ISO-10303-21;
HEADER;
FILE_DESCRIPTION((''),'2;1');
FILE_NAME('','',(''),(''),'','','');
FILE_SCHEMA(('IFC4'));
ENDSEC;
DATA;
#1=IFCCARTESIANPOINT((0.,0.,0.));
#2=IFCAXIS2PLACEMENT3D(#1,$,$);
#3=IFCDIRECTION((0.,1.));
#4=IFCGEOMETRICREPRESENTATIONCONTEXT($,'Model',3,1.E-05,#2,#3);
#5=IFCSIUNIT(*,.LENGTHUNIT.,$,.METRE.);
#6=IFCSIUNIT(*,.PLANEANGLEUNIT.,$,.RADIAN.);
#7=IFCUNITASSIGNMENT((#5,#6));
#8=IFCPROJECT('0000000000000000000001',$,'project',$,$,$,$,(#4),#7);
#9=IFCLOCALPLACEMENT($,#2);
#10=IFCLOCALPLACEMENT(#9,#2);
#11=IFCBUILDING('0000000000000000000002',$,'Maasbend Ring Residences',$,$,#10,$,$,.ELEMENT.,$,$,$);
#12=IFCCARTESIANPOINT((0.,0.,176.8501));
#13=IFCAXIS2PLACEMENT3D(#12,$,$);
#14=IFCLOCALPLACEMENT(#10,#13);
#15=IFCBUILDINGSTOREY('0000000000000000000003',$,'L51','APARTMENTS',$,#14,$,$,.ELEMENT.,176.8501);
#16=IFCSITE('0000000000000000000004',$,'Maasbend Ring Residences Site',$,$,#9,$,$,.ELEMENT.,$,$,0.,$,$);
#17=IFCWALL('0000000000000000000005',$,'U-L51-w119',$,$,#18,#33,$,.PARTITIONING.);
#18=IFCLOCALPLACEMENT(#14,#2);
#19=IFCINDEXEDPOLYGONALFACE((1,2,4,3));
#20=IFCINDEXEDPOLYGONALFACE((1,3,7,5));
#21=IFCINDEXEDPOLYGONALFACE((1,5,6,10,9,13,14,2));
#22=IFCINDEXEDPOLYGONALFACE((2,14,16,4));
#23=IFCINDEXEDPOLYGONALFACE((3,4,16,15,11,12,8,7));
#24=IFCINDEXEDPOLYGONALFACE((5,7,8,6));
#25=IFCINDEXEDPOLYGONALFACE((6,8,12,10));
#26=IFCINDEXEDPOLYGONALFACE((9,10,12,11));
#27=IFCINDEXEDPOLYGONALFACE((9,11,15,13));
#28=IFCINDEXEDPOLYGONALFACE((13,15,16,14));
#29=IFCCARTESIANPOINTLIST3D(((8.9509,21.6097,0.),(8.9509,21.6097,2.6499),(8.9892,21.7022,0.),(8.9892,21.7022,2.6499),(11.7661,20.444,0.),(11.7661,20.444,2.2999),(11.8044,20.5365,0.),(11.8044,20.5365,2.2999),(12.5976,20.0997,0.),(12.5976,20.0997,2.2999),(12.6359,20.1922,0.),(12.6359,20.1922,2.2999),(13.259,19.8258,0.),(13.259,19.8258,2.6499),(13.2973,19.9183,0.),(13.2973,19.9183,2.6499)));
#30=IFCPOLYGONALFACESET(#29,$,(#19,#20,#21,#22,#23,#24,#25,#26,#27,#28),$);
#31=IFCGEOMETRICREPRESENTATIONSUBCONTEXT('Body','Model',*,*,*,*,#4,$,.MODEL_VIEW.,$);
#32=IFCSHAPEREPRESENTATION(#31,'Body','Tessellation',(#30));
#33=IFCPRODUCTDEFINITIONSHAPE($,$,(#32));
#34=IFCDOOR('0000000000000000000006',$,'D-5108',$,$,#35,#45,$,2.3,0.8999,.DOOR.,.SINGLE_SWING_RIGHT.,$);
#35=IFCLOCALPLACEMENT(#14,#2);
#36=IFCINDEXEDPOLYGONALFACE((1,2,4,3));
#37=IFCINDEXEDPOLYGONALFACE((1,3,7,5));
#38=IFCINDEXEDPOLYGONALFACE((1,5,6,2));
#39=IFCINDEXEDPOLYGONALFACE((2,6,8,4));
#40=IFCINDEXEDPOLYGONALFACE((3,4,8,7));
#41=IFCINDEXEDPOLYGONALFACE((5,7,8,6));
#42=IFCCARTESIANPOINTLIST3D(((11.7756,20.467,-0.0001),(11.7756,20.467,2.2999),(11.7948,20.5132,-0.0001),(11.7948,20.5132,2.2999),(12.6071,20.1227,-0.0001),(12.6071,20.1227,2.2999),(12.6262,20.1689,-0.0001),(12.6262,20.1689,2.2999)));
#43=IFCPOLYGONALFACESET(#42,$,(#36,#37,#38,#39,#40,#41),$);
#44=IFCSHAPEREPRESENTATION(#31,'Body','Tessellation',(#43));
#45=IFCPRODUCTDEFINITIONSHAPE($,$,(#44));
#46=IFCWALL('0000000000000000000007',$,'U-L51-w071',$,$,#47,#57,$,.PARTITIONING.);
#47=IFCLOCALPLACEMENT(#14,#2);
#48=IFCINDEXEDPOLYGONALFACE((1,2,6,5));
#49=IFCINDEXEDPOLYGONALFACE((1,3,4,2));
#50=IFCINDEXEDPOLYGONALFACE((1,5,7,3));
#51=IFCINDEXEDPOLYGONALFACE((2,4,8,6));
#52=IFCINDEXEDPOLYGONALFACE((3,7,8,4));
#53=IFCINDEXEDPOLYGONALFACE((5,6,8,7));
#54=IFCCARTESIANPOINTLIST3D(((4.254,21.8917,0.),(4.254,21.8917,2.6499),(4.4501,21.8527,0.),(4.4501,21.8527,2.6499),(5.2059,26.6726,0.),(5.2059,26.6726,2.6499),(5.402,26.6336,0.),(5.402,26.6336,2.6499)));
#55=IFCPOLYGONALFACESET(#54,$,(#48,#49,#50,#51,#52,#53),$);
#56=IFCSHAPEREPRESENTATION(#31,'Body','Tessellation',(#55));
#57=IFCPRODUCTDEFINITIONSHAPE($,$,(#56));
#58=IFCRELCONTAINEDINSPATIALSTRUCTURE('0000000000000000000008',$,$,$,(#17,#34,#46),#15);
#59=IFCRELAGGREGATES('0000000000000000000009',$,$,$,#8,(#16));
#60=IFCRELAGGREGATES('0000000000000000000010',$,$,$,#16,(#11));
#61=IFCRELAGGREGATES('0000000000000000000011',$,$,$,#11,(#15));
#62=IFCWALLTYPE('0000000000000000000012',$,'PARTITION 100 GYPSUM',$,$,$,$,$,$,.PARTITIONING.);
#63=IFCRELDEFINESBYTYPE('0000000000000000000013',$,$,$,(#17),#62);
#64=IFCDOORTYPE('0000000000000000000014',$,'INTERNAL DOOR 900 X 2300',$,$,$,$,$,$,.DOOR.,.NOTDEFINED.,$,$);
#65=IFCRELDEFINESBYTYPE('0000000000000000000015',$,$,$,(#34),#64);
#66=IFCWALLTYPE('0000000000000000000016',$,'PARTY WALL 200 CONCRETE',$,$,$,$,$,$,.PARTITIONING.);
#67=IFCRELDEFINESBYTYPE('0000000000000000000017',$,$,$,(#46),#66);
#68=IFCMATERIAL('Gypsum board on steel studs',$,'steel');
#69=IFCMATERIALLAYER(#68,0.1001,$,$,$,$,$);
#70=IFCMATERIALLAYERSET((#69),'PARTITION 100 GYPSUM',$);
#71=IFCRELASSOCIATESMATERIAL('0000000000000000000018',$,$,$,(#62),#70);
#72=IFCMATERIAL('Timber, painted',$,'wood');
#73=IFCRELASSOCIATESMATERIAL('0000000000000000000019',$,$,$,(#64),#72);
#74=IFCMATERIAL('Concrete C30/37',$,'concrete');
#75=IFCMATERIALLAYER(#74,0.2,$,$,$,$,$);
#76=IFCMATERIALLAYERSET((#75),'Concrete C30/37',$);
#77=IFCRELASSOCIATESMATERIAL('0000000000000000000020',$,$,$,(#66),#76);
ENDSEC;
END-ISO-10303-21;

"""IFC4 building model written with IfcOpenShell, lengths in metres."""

from ifc_helpers import new_model, si_unit, direction, frame, frame_2d, origin, place, context, subcontext, project, spatial, rectangle, extrude, material, layer, layer_set, type_object, element, fill, save


model = new_model("IFC4")

# Units and contexts
model_context = context("Model", 3, precision=1e-05, world=origin(), true_north=direction((0.0, 1.0)))
body_context = subcontext(model_context, "Body", "Model", "MODEL_VIEW")
ifc_project = project(units=[si_unit("LENGTHUNIT", "METRE"), si_unit("PLANEANGLEUNIT", "RADIAN")], contexts=[model_context])

# Site, building, storey
site_placement = place(None, origin())
site = spatial("IfcSite", under=ifc_project, at=site_placement, Name="Maasbend Ring Residences Site", CompositionType="ELEMENT", RefElevation=0.0)
building_placement = place(site_placement, origin())
building = spatial("IfcBuilding", under=site, at=building_placement, Name="Maasbend Ring Residences", CompositionType="ELEMENT")
storey_placement = place(building_placement, frame((0.0, 0.0, 176.8501)))
storey = spatial("IfcBuildingStorey", under=building, at=storey_placement, Name="L51", Description="APARTMENTS", CompositionType="ELEMENT", Elevation=176.8501)

# Shared definitions
ifc_material_1 = material(Name="Gypsum board on steel studs", Category="steel")
ifc_layer_1 = layer(ifc_material_1, 0.1001)
ifc_layer_set_1 = layer_set([ifc_layer_1], Name="PARTITION 100 GYPSUM")
wall_type_1 = type_object("IfcWallType", Name="PARTITION 100 GYPSUM", PredefinedType="PARTITIONING", material=ifc_layer_set_1)
ifc_material_2 = material(Name="Timber, painted", Category="wood")
door_type_1 = type_object("IfcDoorType", Name="INTERNAL DOOR 900 X 2300", OperationType="NOTDEFINED", PredefinedType="DOOR", material=ifc_material_2)

# Wall, opening, door
wall_1_placement = place(storey_placement, frame((8.97, 21.656, 0.0), z_axis=(0.0, 0.0, 1.0), x_axis=(0.92392, -0.382585, 0.0)))
wall_1 = element("IfcWall", 1, at=wall_1_placement, inside=storey, type_object=wall_type_1, Name="U-L51-w119", PredefinedType="PARTITIONING", context=body_context, shape_type="SweptSolid", body=[
    extrude(rectangle(XDim=4.6628, YDim=0.1001, at=frame_2d((2.3315, 0.0))), origin(), (0.0, 0.0, 1.0), 2.6499),
])
opening_1_placement = place(wall_1_placement, frame((3.0471, 0.0, 0.0)))
opening_1 = element("IfcOpeningElement", 2, at=opening_1_placement, cuts=wall_1, PredefinedType="OPENING", context=body_context, shape_type="SweptSolid", body=[
    extrude(rectangle(XDim=0.8999, YDim=2.3, at=frame_2d((0.45, 1.1499))), frame((0.0, 0.0601, 0.0), z_axis=(0.0, -1.0, 0.0), x_axis=(1.0, 0.0, 0.0)), (0.0, 0.0, 1.0), 0.1201),
])
door_1_placement = place(opening_1_placement, origin())
door_1 = element("IfcDoor", 3, at=door_1_placement, inside=storey, type_object=door_type_1, Name="D-5108", OperationType="SINGLE_SWING_RIGHT", OverallHeight=2.3, OverallWidth=0.8999, PredefinedType="DOOR", context=body_context, shape_type="SweptSolid", body=[
    extrude(rectangle(XDim=0.8999, YDim=2.3, at=frame_2d((0.45, 1.1499))), frame((0.0, 0.0249, 0.0), z_axis=(0.0, -1.0, 0.0), x_axis=(1.0, 0.0, 0.0)), (0.0, 0.0, 1.0), 0.05),
])
fill(opening_1, door_1)

# Wall
ifc_material_3 = material(Name="Concrete C30/37", Category="concrete")
ifc_layer_2 = layer(ifc_material_3, 0.2)
ifc_layer_set_2 = layer_set([ifc_layer_2], Name="Concrete C30/37")
wall_type_2 = type_object("IfcWallType", Name="PARTY WALL 200 CONCRETE", PredefinedType="PARTITIONING", material=ifc_layer_set_2)
wall_2_placement = place(storey_placement, frame((4.3521, 21.8721, 0.0), z_axis=(0.0, 0.0, 1.0), x_axis=(0.195269, 0.98075, 0.0)))
element("IfcWall", 4, at=wall_2_placement, inside=storey, type_object=wall_type_2, Name="U-L51-w071", PredefinedType="PARTITIONING", context=body_context, shape_type="SweptSolid", body=[
    extrude(rectangle(XDim=4.8748, YDim=0.2, at=frame_2d((2.4375, 0.0))), origin(), (0.0, 0.0, 1.0), 2.6499),
])

save(model, "model.ifc")
